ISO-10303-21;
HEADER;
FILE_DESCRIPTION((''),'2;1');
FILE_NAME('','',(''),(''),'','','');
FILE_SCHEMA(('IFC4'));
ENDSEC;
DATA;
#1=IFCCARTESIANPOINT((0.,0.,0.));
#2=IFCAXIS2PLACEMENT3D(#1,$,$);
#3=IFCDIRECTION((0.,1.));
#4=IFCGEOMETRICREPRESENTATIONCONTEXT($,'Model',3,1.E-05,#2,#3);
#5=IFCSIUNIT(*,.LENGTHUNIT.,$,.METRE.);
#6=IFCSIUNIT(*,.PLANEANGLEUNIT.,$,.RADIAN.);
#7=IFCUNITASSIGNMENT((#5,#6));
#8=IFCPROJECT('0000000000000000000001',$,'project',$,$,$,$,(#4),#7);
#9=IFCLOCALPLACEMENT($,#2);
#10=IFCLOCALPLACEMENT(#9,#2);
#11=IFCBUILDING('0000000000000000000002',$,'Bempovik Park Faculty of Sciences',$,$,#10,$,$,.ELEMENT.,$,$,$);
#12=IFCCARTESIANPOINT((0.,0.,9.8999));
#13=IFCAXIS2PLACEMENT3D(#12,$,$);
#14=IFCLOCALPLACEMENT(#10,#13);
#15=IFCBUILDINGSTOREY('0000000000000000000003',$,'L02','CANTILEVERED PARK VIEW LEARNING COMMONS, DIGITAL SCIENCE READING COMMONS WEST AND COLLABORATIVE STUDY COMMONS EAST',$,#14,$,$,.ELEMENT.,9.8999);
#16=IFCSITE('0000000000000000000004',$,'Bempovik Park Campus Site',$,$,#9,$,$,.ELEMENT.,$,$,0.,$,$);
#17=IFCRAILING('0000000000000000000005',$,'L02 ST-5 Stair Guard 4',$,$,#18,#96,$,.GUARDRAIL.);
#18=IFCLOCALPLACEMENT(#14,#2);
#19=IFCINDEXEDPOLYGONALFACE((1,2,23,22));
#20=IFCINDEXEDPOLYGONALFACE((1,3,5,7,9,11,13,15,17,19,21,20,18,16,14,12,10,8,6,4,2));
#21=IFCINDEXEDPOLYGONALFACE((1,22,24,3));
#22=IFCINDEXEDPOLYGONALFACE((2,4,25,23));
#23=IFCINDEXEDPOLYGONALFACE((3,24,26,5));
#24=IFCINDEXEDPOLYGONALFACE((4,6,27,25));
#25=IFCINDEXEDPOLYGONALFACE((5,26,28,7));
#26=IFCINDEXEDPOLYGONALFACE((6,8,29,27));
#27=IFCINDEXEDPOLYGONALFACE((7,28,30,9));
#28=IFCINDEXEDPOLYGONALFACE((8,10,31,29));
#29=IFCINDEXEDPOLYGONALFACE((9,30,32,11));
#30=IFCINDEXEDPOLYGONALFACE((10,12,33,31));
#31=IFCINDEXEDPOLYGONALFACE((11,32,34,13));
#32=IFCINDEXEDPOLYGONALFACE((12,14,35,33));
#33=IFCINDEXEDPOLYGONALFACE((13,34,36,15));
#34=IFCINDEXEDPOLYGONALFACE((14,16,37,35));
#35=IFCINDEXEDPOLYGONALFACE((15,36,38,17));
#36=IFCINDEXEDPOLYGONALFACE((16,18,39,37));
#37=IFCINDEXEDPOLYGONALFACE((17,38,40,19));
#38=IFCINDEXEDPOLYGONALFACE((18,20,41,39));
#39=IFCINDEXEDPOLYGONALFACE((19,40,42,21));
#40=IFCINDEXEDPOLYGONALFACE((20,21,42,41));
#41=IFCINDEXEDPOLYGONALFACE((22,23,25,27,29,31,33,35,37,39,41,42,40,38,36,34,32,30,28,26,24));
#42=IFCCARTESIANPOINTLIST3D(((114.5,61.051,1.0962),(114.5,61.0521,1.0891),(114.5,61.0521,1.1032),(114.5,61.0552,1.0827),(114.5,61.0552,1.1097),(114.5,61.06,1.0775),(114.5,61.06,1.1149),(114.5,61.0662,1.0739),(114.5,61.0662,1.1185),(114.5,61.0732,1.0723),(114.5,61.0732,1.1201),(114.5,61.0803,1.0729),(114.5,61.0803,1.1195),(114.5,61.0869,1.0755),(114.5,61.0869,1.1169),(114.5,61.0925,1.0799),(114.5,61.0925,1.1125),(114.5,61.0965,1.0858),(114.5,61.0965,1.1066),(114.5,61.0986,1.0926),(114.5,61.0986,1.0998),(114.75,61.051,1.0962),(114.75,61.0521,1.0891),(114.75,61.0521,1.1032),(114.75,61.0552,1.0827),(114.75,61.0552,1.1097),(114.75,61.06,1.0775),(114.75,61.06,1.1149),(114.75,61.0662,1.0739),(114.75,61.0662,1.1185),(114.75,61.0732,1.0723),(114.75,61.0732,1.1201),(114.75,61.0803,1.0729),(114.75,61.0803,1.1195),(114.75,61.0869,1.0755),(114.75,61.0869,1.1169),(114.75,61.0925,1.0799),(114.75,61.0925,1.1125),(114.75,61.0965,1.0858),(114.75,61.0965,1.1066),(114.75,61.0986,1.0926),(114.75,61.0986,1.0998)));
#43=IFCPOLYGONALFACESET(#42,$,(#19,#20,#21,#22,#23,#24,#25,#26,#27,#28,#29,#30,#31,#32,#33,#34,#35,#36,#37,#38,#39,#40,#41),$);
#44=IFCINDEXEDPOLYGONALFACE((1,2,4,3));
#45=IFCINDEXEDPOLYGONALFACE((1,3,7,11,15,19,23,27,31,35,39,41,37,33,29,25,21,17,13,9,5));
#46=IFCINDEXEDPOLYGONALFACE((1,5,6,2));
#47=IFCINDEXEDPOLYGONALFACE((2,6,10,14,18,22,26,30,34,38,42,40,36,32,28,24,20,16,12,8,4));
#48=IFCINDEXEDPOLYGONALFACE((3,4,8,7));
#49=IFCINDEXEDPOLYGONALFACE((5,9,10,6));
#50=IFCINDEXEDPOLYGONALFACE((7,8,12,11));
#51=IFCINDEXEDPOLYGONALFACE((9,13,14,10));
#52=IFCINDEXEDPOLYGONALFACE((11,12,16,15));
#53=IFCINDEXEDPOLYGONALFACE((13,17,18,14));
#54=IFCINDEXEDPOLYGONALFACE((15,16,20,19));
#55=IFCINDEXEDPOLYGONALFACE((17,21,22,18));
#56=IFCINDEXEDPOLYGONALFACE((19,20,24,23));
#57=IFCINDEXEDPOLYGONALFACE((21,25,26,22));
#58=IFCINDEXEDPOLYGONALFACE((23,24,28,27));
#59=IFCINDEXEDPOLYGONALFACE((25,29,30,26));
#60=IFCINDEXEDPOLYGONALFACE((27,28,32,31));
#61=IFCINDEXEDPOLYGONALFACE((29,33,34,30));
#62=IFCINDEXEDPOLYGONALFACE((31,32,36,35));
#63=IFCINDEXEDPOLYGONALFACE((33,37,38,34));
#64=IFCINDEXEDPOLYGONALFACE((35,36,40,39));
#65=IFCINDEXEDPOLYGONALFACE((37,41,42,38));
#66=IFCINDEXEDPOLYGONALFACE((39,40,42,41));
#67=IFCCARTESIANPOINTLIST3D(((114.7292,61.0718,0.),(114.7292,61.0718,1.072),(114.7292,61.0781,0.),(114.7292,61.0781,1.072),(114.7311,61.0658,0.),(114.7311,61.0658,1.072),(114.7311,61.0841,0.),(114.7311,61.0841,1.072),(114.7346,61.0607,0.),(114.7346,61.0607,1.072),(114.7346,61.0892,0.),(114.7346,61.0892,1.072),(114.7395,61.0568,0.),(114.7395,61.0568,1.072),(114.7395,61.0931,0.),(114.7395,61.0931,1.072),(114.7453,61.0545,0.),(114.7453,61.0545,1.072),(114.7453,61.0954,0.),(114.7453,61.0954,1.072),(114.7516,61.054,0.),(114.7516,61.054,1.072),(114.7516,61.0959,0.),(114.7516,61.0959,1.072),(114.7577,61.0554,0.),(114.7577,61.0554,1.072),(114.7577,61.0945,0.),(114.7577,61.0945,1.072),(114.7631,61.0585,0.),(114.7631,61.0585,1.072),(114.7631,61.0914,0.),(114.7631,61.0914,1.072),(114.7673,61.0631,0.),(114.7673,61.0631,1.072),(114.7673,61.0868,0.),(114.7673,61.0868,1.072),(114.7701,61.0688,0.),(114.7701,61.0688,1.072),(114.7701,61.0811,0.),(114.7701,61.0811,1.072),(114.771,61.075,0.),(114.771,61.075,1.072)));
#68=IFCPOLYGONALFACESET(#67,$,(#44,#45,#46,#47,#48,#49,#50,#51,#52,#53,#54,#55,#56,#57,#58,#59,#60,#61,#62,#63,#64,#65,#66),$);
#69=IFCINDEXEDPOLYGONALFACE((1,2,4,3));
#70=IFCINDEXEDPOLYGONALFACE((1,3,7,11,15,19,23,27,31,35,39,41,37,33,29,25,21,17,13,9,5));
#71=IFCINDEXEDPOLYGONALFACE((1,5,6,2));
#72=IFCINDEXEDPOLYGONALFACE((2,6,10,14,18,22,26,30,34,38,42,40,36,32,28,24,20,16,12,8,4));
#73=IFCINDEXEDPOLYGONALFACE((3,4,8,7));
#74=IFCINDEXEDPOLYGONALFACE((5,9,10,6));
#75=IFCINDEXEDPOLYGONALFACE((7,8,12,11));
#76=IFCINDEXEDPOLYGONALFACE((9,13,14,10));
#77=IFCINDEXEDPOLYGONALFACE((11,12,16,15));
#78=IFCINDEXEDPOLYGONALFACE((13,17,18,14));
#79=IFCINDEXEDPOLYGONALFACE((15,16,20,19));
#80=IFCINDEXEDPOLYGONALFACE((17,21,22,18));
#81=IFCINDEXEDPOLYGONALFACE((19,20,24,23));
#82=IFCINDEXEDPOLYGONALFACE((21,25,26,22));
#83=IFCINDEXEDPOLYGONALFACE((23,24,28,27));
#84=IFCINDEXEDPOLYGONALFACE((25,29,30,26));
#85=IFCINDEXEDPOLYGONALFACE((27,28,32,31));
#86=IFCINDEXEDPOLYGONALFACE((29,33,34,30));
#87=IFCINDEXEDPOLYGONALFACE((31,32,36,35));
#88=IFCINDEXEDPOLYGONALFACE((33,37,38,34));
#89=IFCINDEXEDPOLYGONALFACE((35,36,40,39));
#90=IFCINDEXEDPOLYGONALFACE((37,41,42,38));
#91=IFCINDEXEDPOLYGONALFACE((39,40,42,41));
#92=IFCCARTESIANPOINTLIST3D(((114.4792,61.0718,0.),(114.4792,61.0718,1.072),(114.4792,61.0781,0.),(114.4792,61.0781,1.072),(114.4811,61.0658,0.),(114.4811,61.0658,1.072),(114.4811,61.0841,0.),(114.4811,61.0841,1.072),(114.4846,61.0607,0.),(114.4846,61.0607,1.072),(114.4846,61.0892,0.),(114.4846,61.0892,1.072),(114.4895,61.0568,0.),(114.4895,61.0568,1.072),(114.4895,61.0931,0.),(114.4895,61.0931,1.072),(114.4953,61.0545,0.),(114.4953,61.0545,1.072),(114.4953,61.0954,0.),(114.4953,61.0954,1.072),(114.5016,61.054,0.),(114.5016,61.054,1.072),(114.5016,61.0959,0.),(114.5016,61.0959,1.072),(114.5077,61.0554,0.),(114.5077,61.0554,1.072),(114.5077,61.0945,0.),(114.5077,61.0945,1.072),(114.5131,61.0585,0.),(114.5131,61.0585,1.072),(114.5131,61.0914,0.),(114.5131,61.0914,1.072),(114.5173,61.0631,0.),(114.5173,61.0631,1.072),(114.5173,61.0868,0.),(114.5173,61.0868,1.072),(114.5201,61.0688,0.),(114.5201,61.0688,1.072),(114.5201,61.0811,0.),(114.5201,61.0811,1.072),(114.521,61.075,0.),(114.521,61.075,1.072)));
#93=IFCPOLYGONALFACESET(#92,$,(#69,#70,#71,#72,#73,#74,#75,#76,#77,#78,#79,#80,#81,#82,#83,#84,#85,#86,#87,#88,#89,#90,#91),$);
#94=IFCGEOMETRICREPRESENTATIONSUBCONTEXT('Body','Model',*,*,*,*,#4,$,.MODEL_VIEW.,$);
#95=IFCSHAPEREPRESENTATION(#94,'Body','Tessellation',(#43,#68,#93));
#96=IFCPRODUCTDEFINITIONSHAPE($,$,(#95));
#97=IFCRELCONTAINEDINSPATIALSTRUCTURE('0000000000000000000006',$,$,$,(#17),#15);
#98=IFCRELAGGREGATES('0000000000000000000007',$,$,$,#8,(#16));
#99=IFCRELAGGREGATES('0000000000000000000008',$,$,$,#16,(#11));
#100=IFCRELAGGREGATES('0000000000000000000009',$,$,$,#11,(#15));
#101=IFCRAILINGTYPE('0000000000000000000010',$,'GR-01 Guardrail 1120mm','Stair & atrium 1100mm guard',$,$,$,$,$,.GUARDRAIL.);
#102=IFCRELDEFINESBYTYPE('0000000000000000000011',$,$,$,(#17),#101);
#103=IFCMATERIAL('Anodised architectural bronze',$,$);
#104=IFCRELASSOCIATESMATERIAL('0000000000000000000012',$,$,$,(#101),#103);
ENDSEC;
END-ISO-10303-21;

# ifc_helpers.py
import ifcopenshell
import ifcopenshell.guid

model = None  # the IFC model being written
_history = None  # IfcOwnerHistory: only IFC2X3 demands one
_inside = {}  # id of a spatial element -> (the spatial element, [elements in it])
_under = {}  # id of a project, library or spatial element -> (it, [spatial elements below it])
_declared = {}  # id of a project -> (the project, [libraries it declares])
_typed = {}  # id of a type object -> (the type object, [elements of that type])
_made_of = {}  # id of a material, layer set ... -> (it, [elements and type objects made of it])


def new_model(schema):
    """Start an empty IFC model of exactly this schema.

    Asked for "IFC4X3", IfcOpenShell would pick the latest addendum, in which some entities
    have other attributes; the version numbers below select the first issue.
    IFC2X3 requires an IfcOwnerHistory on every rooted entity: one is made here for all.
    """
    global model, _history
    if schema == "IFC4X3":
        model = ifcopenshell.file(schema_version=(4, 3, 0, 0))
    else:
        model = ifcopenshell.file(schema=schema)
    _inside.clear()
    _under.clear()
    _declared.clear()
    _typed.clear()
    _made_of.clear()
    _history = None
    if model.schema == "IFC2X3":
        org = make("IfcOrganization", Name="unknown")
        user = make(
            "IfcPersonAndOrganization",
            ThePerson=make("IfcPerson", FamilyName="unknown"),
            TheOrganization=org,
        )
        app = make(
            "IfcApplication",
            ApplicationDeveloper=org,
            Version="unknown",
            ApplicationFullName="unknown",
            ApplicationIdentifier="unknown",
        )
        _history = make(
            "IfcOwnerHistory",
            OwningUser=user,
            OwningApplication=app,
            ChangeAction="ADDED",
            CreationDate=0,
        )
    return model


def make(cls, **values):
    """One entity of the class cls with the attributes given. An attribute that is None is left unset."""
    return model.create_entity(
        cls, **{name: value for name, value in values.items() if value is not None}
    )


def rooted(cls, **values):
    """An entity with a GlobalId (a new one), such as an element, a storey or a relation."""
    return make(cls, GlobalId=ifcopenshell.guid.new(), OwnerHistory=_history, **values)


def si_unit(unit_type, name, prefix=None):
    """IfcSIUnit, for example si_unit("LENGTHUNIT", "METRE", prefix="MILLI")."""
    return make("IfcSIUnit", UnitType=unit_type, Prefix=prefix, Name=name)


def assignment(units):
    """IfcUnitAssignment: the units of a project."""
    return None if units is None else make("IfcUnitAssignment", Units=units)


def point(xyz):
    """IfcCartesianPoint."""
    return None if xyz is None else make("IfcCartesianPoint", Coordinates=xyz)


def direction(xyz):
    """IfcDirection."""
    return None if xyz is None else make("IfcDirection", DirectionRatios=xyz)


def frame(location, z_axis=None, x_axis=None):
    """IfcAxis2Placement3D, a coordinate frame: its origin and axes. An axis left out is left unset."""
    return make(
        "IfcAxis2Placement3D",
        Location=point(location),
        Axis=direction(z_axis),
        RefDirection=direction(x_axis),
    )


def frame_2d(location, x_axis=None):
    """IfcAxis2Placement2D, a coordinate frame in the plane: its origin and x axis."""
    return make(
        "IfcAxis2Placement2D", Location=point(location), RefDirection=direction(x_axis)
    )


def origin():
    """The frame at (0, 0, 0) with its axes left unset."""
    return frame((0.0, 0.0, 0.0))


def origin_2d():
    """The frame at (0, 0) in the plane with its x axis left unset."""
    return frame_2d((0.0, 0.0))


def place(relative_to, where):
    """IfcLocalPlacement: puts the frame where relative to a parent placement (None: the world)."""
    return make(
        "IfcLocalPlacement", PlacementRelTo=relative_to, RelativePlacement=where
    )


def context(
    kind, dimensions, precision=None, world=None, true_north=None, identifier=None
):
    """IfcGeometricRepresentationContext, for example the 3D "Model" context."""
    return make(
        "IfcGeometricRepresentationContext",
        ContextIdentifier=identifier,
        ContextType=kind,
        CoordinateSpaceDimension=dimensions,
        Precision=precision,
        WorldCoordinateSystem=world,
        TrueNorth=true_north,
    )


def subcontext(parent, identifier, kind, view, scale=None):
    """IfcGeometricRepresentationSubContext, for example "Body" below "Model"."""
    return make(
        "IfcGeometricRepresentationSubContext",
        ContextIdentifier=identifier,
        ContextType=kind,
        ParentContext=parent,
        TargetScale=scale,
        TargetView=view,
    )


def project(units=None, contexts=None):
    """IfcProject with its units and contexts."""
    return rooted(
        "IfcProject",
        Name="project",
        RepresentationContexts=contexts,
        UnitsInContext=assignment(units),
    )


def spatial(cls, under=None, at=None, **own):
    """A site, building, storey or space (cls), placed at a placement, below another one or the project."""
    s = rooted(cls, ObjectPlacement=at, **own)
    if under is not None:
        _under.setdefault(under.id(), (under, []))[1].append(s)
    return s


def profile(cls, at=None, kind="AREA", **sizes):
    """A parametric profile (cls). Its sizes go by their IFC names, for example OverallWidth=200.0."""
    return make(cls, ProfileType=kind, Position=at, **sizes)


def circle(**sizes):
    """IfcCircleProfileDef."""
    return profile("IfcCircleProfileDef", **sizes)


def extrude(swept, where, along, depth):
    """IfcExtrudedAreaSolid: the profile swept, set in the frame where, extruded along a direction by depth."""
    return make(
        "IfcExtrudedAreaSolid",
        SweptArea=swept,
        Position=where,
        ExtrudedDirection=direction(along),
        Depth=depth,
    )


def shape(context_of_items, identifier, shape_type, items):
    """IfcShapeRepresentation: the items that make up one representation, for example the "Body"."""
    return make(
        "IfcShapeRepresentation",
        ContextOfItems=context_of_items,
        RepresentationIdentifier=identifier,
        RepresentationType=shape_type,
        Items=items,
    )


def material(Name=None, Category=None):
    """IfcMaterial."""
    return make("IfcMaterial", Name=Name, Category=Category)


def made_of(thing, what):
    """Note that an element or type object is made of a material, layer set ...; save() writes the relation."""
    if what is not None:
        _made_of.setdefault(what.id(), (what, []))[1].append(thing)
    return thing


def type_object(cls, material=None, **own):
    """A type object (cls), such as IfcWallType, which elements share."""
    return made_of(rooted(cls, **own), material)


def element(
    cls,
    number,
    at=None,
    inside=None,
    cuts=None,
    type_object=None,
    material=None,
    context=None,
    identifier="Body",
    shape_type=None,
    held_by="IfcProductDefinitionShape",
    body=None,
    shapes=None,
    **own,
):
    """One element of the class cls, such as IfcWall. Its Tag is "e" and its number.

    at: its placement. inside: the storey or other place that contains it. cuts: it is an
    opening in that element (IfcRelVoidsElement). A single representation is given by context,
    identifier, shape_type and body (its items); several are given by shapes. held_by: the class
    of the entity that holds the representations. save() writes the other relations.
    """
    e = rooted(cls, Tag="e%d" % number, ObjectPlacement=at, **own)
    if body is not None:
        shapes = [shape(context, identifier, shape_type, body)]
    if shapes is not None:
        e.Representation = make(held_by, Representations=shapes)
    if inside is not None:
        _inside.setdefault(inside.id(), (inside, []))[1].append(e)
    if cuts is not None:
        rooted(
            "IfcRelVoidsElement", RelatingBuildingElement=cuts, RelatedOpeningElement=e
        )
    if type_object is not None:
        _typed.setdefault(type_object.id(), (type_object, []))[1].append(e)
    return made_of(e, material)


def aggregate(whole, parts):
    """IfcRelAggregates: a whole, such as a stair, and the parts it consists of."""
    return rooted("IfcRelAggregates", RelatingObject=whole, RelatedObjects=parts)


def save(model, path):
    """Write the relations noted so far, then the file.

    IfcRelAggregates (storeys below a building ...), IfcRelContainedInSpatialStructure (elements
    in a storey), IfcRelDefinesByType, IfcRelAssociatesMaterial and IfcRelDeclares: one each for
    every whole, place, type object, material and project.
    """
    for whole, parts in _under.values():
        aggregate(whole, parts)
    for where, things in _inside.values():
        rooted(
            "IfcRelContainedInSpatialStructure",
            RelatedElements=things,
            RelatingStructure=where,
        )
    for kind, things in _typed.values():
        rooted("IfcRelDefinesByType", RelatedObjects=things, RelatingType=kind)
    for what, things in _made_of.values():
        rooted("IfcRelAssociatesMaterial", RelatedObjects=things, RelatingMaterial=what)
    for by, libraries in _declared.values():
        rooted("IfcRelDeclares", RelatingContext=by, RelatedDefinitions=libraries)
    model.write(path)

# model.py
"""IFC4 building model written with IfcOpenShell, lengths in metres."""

from ifc_helpers import new_model, si_unit, direction, frame, origin, origin_2d, place, context, subcontext, project, spatial, circle, extrude, material, type_object, element, save


model = new_model("IFC4")

# Units and contexts
model_context = context("Model", 3, precision=1e-05, world=origin(), true_north=direction((0.0, 1.0)))
body_context = subcontext(model_context, "Body", "Model", "MODEL_VIEW")
ifc_project = project(units=[si_unit("LENGTHUNIT", "METRE"), si_unit("PLANEANGLEUNIT", "RADIAN")], contexts=[model_context])

# Site, building, storey
site_placement = place(None, origin())
site = spatial("IfcSite", under=ifc_project, at=site_placement, Name="Bempovik Park Campus Site", CompositionType="ELEMENT", RefElevation=0.0)
building_placement = place(site_placement, origin())
building = spatial("IfcBuilding", under=site, at=building_placement, Name="Bempovik Park Faculty of Sciences", CompositionType="ELEMENT")
storey_placement = place(building_placement, frame((0.0, 0.0, 9.8999)))
storey = spatial("IfcBuildingStorey", under=building, at=storey_placement, Name="L02", Description="CANTILEVERED PARK VIEW LEARNING COMMONS, DIGITAL SCIENCE READING COMMONS WEST AND COLLABORATIVE STUDY COMMONS EAST", CompositionType="ELEMENT", Elevation=9.8999)

# Railing
ifc_material_1 = material(Name="Anodised architectural bronze")
railing_type_1 = type_object("IfcRailingType", Name="GR-01 Guardrail 1120mm", Description="Stair & atrium 1100mm guard", PredefinedType="GUARDRAIL", material=ifc_material_1)
railing_1_placement = place(storey_placement, frame((114.75, 61.075, 0.0)))
element("IfcRailing", 1, at=railing_1_placement, inside=storey, type_object=railing_type_1, Name="L02 ST-5 Stair Guard 4", PredefinedType="GUARDRAIL", context=body_context, shape_type="SweptSolid", body=[
    extrude(circle(Radius=0.0239, at=origin_2d()), frame((0.0, 0.0, 1.0962), z_axis=(-1.0, 0.0, 0.0), x_axis=(0.0, -1.0, 0.0)), (0.0, 0.0, 1.0), 0.25),
    extrude(circle(Radius=0.021, at=origin_2d()), origin(), (0.0, 0.0, 1.0), 1.072),
    extrude(circle(Radius=0.021, at=origin_2d()), frame((-0.25, 0.0, 0.0)), (0.0, 0.0, 1.0), 1.072),
])

save(model, "model.ifc")
